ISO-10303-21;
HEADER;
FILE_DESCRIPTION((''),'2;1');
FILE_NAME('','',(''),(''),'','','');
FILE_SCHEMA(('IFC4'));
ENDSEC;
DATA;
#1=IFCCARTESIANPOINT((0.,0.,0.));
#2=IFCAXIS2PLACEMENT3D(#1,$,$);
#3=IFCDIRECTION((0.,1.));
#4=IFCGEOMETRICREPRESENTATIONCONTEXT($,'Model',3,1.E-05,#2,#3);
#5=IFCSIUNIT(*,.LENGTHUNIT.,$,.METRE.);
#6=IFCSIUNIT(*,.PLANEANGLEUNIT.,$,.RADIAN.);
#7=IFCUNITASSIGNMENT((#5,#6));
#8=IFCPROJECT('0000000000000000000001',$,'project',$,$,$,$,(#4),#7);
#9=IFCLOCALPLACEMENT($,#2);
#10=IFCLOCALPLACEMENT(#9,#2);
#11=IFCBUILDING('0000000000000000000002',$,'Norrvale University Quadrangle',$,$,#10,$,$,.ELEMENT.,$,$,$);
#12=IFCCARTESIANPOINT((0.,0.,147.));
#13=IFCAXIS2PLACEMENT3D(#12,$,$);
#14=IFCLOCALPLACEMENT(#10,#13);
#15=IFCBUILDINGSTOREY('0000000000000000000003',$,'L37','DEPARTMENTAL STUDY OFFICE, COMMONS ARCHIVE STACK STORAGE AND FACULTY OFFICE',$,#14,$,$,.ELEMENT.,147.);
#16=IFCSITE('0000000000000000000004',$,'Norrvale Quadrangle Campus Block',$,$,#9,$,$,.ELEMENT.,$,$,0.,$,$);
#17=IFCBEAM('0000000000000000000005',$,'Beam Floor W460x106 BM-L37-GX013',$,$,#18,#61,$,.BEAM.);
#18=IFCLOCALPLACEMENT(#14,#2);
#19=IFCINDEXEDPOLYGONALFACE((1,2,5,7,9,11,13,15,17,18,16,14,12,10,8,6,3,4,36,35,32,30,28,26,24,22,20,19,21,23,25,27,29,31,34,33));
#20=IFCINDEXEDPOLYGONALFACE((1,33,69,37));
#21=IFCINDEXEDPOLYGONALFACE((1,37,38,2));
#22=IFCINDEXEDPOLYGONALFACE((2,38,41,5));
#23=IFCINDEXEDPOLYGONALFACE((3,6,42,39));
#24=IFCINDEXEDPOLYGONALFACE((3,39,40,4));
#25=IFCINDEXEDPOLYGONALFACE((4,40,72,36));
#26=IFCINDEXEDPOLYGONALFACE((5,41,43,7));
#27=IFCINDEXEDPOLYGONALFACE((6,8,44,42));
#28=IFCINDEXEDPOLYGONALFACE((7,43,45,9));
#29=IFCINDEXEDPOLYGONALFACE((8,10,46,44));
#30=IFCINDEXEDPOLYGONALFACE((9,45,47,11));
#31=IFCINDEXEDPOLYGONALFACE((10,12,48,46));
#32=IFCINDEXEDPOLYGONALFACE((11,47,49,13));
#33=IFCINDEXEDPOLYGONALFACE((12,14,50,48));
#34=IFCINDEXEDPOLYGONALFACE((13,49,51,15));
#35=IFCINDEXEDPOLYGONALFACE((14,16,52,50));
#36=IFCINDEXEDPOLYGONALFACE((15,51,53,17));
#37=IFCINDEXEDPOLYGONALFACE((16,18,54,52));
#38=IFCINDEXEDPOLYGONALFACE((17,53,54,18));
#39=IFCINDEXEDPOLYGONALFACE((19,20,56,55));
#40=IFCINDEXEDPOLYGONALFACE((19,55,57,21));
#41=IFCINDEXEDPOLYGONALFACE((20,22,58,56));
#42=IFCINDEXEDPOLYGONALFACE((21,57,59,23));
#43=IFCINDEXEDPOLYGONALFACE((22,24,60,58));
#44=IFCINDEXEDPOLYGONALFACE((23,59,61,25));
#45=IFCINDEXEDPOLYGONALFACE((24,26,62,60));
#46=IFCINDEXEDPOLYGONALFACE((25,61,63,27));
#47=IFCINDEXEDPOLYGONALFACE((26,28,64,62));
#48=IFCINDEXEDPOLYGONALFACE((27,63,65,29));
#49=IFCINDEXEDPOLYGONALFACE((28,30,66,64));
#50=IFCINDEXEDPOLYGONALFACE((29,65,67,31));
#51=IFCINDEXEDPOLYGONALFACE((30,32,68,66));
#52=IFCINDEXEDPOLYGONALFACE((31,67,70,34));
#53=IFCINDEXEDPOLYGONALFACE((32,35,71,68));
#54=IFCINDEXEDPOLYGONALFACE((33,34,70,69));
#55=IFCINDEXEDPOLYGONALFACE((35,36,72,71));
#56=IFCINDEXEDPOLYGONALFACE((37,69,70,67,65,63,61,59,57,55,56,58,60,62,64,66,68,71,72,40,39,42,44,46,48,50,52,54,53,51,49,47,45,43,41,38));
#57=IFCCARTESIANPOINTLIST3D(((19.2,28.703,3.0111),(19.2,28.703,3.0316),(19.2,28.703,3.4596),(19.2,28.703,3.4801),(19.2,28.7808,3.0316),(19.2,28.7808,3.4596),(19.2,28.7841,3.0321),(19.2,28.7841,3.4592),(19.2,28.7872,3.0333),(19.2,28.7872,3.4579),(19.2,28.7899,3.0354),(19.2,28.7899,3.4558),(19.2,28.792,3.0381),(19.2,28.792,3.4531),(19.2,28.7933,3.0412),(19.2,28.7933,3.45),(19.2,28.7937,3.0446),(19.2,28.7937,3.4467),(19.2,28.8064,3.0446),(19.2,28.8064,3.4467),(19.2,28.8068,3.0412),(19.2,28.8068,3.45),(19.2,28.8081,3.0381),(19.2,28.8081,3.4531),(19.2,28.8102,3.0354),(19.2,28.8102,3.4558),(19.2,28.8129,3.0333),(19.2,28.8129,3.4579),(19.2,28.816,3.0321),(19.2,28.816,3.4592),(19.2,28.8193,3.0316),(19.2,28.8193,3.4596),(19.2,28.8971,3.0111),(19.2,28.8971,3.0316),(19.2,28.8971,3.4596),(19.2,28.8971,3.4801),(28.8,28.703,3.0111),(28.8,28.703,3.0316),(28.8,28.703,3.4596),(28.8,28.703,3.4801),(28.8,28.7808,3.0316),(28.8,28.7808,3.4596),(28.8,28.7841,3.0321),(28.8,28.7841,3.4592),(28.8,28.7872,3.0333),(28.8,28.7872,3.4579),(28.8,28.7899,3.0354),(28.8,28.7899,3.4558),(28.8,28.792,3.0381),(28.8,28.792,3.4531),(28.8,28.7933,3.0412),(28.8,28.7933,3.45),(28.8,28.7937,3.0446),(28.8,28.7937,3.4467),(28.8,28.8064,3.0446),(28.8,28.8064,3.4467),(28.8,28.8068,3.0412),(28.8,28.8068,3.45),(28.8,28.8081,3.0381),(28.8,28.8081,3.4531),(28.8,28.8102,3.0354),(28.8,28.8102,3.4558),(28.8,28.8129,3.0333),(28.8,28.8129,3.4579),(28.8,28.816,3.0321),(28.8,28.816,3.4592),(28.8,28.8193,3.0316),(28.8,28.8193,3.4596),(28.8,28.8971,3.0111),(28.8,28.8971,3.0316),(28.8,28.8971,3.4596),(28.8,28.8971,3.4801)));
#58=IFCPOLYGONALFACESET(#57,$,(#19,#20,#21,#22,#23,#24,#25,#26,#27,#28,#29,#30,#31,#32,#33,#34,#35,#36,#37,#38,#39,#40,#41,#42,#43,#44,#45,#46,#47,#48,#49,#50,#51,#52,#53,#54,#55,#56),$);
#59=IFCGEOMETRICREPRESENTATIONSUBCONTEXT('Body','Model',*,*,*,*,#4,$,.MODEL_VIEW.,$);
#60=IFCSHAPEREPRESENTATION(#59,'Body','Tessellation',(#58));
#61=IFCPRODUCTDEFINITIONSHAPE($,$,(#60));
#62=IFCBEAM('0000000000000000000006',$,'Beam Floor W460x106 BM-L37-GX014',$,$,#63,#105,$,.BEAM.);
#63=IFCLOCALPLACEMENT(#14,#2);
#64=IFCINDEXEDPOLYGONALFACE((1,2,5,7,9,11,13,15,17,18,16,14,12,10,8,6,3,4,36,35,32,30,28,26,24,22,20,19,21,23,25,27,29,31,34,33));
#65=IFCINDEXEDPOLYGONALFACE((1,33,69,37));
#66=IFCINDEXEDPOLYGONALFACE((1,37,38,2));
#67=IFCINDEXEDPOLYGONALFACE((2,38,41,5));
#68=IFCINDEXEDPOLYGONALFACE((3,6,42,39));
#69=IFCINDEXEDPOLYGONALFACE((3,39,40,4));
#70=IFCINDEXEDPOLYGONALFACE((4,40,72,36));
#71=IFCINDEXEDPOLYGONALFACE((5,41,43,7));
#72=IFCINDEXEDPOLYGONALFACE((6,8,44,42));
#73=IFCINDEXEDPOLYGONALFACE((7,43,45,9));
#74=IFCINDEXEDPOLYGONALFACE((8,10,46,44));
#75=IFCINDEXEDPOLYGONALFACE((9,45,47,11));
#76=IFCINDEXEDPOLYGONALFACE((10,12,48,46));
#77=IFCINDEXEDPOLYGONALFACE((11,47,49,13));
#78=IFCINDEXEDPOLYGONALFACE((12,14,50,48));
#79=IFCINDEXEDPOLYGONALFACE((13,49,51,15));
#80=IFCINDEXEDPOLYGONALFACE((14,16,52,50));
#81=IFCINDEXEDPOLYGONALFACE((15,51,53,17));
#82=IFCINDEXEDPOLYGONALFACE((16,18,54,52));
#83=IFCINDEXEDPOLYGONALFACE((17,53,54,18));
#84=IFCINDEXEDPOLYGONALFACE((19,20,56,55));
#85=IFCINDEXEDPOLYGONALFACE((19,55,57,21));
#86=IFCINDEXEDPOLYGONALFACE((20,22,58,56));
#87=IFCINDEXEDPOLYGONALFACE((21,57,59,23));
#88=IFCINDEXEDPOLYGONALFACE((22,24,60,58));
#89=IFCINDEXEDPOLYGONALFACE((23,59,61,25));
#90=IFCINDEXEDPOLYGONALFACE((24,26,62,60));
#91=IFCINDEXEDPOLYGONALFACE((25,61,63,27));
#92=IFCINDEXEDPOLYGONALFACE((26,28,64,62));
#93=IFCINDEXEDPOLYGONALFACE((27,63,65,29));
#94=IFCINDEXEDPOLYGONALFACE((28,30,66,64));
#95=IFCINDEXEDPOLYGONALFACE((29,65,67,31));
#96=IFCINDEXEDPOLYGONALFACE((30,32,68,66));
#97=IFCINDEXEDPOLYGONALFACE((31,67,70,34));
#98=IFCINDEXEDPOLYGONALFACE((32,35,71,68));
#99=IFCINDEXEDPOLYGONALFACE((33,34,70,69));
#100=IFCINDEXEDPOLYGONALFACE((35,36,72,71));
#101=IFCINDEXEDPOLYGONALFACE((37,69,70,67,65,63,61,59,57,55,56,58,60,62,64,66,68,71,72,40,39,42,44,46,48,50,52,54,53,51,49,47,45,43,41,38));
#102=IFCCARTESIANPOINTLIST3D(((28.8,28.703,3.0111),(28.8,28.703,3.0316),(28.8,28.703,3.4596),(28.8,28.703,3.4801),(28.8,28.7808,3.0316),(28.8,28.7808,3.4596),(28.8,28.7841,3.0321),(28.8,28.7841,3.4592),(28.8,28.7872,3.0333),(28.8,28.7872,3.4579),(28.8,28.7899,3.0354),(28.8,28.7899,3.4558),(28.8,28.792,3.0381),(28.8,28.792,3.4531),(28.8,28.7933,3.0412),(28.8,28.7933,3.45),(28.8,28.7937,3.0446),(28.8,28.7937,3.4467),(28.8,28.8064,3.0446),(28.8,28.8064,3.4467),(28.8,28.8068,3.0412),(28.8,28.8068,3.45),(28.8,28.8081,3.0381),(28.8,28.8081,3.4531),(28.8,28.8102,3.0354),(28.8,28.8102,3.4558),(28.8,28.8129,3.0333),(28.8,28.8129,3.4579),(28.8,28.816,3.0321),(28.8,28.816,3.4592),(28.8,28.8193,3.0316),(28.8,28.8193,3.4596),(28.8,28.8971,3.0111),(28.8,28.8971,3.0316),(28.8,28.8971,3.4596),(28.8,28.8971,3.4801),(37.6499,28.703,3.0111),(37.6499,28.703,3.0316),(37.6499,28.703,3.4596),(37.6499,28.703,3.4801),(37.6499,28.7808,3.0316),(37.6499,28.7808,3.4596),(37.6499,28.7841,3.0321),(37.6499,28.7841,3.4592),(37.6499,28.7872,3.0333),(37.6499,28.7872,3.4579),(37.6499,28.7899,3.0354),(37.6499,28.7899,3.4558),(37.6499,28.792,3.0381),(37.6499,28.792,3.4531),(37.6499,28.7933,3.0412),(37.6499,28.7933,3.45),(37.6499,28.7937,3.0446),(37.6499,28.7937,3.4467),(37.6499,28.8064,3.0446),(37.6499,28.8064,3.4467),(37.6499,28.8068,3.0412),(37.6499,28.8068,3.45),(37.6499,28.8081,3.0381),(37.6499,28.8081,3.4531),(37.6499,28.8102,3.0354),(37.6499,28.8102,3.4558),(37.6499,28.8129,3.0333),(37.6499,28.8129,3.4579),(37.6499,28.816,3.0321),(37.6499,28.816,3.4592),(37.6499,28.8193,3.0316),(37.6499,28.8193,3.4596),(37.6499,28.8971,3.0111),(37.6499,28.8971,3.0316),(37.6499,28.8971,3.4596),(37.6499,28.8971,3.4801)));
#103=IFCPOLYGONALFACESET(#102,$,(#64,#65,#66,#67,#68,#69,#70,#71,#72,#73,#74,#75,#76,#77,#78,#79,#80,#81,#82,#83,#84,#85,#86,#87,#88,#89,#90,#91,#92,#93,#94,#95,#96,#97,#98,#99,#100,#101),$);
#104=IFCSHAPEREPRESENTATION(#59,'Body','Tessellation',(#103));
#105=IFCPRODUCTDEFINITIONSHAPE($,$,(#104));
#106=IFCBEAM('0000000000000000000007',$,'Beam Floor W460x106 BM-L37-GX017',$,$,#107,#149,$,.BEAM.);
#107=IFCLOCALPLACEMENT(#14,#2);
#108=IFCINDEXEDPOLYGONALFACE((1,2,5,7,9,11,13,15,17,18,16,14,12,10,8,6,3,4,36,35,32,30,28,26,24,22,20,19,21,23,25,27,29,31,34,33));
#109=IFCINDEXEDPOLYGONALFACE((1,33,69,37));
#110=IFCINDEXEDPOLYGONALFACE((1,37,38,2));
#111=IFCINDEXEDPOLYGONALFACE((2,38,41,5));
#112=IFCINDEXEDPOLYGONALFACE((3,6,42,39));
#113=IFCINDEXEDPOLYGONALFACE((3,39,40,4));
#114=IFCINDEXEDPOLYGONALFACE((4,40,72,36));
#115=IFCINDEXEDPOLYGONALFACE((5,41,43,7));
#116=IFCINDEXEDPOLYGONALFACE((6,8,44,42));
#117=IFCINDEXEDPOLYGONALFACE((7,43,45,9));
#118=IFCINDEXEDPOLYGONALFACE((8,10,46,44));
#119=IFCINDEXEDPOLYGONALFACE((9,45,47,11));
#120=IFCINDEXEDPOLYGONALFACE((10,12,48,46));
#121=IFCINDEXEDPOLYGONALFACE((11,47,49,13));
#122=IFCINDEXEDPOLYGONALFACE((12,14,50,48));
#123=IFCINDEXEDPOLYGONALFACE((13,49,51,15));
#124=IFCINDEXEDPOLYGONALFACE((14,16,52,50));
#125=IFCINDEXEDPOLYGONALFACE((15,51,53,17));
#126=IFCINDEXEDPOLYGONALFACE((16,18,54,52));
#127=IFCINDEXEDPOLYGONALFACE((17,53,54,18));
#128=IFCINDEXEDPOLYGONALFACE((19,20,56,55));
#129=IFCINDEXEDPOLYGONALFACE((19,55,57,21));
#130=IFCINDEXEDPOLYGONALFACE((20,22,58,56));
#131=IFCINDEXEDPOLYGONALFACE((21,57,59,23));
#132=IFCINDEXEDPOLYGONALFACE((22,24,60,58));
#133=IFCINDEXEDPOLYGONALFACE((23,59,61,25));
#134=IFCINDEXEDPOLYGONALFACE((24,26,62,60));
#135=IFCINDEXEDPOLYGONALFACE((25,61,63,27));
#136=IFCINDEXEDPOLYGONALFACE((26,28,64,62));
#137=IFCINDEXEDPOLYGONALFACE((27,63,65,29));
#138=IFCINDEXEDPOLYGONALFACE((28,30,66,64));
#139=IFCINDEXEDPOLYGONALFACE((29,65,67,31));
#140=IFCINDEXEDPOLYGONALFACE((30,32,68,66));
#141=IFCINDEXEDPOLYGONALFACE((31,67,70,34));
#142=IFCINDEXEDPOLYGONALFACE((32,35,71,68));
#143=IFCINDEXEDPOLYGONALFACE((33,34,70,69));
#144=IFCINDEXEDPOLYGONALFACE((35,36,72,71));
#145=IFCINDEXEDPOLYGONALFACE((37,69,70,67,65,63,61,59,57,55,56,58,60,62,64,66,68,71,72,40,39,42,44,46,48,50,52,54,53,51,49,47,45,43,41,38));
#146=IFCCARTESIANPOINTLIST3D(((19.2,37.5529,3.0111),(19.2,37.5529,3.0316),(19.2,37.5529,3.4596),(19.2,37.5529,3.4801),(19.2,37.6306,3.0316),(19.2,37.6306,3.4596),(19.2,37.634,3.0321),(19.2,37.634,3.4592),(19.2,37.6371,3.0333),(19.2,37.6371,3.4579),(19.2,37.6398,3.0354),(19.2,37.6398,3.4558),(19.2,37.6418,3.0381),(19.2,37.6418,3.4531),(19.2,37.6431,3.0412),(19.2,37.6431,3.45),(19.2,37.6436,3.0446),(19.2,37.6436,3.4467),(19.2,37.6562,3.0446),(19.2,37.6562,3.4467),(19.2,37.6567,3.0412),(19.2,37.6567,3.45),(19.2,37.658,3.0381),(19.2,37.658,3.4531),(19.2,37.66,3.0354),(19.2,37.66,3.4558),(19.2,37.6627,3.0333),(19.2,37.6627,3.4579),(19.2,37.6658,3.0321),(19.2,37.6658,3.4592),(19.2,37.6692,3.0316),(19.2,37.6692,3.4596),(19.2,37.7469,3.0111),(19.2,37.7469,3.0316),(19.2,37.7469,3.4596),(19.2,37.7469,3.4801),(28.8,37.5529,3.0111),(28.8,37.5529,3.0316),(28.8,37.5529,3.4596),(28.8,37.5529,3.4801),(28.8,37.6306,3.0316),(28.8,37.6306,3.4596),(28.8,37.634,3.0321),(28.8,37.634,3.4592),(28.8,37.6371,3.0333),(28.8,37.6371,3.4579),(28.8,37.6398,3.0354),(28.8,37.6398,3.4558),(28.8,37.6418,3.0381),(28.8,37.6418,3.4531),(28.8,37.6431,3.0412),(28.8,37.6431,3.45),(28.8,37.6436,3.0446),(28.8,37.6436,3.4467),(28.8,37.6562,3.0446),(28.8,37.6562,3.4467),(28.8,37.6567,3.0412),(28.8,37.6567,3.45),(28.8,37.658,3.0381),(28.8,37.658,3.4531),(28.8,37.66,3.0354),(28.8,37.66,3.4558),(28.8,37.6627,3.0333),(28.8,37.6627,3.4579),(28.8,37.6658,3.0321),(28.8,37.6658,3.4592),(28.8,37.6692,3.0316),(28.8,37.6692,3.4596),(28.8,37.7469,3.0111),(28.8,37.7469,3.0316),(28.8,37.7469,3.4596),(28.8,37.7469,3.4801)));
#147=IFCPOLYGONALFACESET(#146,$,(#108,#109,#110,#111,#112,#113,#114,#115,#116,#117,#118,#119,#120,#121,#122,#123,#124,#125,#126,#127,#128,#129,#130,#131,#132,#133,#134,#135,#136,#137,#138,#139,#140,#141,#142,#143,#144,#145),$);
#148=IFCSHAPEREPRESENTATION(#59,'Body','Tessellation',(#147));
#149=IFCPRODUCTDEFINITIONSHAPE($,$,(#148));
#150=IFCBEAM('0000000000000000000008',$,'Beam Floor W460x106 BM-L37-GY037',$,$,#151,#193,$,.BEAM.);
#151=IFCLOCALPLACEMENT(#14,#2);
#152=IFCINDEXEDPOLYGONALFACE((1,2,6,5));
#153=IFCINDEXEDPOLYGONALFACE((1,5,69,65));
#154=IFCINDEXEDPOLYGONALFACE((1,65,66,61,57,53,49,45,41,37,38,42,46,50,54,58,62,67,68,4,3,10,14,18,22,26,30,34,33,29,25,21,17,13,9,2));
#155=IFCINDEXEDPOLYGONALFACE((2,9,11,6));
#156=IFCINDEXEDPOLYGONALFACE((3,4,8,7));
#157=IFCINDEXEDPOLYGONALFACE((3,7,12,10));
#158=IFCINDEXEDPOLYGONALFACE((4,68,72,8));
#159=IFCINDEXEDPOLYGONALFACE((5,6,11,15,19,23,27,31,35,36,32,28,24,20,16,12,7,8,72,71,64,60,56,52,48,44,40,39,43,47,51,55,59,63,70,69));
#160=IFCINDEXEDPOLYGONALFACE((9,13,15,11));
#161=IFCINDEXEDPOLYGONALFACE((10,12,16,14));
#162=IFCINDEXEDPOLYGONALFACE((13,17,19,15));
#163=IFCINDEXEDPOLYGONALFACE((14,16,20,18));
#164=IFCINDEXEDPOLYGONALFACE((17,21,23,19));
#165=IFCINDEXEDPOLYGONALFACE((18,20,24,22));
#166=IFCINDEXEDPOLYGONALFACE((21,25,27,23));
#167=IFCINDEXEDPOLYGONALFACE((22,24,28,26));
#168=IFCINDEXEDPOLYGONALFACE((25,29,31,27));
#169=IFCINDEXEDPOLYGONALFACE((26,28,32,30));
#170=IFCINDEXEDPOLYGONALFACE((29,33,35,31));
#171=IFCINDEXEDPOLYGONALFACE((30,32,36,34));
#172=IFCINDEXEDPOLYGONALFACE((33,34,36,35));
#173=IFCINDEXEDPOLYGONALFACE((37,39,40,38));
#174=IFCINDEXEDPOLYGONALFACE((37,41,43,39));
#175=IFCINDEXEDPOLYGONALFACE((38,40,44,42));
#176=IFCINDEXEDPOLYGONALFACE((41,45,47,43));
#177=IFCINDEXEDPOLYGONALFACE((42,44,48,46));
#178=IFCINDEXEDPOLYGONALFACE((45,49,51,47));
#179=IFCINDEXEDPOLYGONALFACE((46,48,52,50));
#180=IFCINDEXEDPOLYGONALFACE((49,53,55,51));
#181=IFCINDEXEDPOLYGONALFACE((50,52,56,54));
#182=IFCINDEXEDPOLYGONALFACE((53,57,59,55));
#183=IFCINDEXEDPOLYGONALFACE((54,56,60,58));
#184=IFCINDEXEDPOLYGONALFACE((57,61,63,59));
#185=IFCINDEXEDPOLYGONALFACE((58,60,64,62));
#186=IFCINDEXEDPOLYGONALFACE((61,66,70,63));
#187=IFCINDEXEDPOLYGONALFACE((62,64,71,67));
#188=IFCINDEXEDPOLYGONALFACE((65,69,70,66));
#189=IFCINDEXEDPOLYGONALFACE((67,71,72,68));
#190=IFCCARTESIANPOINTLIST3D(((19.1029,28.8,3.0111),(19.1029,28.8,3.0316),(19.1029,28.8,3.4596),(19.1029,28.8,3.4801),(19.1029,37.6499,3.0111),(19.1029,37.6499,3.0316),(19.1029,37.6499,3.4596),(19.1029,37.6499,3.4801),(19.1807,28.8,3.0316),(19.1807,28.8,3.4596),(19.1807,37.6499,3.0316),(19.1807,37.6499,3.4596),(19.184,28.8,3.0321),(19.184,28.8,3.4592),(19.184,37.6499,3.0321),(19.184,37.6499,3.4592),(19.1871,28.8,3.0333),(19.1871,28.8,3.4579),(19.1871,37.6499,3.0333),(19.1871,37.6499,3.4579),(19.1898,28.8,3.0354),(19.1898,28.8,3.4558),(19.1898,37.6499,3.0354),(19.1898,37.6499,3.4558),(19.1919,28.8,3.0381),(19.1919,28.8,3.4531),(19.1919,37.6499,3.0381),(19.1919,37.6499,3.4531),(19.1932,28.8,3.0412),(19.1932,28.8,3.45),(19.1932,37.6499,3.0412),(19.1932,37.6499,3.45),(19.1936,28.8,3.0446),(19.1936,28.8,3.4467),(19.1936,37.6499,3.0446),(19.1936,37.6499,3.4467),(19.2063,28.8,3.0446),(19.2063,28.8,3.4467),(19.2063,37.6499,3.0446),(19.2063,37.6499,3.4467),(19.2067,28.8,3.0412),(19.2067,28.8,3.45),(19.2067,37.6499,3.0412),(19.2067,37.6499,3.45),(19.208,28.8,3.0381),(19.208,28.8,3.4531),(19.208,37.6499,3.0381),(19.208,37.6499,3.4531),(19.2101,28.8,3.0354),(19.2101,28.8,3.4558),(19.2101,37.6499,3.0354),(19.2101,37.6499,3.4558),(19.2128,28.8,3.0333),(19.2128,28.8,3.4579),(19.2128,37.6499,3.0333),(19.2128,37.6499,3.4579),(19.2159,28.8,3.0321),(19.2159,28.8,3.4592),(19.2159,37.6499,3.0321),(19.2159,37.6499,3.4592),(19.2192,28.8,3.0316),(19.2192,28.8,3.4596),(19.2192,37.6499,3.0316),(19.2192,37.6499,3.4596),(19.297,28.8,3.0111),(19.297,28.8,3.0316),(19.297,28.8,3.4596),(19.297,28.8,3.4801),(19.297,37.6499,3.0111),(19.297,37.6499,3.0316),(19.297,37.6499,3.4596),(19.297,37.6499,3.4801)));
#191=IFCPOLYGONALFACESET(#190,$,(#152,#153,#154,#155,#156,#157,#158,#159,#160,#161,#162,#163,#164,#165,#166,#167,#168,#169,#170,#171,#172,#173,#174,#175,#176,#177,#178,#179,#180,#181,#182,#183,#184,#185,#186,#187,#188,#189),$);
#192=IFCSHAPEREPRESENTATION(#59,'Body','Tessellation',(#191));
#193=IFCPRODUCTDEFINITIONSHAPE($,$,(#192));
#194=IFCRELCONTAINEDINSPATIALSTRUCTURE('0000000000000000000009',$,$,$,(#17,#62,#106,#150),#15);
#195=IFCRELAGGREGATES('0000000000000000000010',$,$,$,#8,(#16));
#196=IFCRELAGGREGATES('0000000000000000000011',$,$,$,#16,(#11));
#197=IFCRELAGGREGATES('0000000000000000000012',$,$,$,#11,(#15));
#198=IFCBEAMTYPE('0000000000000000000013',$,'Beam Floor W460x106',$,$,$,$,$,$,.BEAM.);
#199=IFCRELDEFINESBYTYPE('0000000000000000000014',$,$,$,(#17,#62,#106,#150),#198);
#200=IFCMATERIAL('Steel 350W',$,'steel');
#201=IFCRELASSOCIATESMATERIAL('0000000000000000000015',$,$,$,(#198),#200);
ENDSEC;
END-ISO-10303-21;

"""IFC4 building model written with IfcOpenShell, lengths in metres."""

from ifc_helpers import new_model, si_unit, direction, frame, origin, origin_2d, place, context, subcontext, project, spatial, i_section, extrude, material, material_profile, profile_set, type_object, element, save


model = new_model("IFC4")

# Units and contexts
model_context = context("Model", 3, precision=1e-05, world=origin(), true_north=direction((0.0, 1.0)))
body_context = subcontext(model_context, "Body", "Model", "MODEL_VIEW")
ifc_project = project(units=[si_unit("LENGTHUNIT", "METRE"), si_unit("PLANEANGLEUNIT", "RADIAN")], contexts=[model_context])

# Site, building, storey
site_placement = place(None, origin())
site = spatial("IfcSite", under=ifc_project, at=site_placement, Name="Norrvale Quadrangle Campus Block", CompositionType="ELEMENT", RefElevation=0.0)
building_placement = place(site_placement, origin())
building = spatial("IfcBuilding", under=site, at=building_placement, Name="Norrvale University Quadrangle", CompositionType="ELEMENT")
storey_placement = place(building_placement, frame((0.0, 0.0, 147.0)))
storey = spatial("IfcBuildingStorey", under=building, at=storey_placement, Name="L37", Description="DEPARTMENTAL STUDY OFFICE, COMMONS ARCHIVE STACK STORAGE AND FACULTY OFFICE", CompositionType="ELEMENT", Elevation=147.0)

# Beams
ifc_material_1 = material(Name="Steel 350W", Category="steel")
ifc_material_profile_1 = material_profile(ifc_material_1, i_section(OverallWidth=0.1941, OverallDepth=0.469, WebThickness=0.0127, FlangeThickness=0.0205, FilletRadius=0.0129, at=origin_2d()), Name="Steel 350W")
ifc_profile_set_1 = profile_set([ifc_material_profile_1], Name="Steel 350W")
beam_type_1 = type_object("IfcBeamType", Name="Beam Floor W460x106", PredefinedType="BEAM", material=ifc_profile_set_1)
beam_1_placement = place(storey_placement, frame((19.2, 28.8, 3.2456), z_axis=(1.0, 0.0, 0.0), x_axis=(0.0, 1.0, 0.0)))
element("IfcBeam", 1, at=beam_1_placement, inside=storey, type_object=beam_type_1, Name="Beam Floor W460x106 BM-L37-GX013", PredefinedType="BEAM", context=body_context, shape_type="SweptSolid", body=[
    extrude(i_section(OverallWidth=0.1941, OverallDepth=0.469, WebThickness=0.0127, FlangeThickness=0.0205, FilletRadius=0.0129, at=origin_2d()), origin(), (0.0, 0.0, 1.0), 9.6001),
])
beam_2_placement = place(storey_placement, frame((28.8, 28.8, 3.2456), z_axis=(1.0, 0.0, 0.0), x_axis=(0.0, 1.0, 0.0)))
element("IfcBeam", 2, at=beam_2_placement, inside=storey, type_object=beam_type_1, Name="Beam Floor W460x106 BM-L37-GX014", PredefinedType="BEAM", context=body_context, shape_type="SweptSolid", body=[
    extrude(i_section(OverallWidth=0.1941, OverallDepth=0.469, WebThickness=0.0127, FlangeThickness=0.0205, FilletRadius=0.0129, at=origin_2d()), origin(), (0.0, 0.0, 1.0), 8.8499),
])
beam_3_placement = place(storey_placement, frame((19.2, 37.6499, 3.2456), z_axis=(1.0, 0.0, 0.0), x_axis=(0.0, 1.0, 0.0)))
element("IfcBeam", 3, at=beam_3_placement, inside=storey, type_object=beam_type_1, Name="Beam Floor W460x106 BM-L37-GX017", PredefinedType="BEAM", context=body_context, shape_type="SweptSolid", body=[
    extrude(i_section(OverallWidth=0.1941, OverallDepth=0.469, WebThickness=0.0127, FlangeThickness=0.0205, FilletRadius=0.0129, at=origin_2d()), origin(), (0.0, 0.0, 1.0), 9.6001),
])
beam_4_placement = place(storey_placement, frame((19.2, 28.8, 3.2456), z_axis=(0.0, 1.0, 0.0), x_axis=(-1.0, 0.0, 0.0)))
element("IfcBeam", 4, at=beam_4_placement, inside=storey, type_object=beam_type_1, Name="Beam Floor W460x106 BM-L37-GY037", PredefinedType="BEAM", context=body_context, shape_type="SweptSolid", body=[
    extrude(i_section(OverallWidth=0.1941, OverallDepth=0.469, WebThickness=0.0127, FlangeThickness=0.0205, FilletRadius=0.0129, at=origin_2d()), origin(), (0.0, 0.0, 1.0), 8.8499),
])

save(model, "model.ifc")
